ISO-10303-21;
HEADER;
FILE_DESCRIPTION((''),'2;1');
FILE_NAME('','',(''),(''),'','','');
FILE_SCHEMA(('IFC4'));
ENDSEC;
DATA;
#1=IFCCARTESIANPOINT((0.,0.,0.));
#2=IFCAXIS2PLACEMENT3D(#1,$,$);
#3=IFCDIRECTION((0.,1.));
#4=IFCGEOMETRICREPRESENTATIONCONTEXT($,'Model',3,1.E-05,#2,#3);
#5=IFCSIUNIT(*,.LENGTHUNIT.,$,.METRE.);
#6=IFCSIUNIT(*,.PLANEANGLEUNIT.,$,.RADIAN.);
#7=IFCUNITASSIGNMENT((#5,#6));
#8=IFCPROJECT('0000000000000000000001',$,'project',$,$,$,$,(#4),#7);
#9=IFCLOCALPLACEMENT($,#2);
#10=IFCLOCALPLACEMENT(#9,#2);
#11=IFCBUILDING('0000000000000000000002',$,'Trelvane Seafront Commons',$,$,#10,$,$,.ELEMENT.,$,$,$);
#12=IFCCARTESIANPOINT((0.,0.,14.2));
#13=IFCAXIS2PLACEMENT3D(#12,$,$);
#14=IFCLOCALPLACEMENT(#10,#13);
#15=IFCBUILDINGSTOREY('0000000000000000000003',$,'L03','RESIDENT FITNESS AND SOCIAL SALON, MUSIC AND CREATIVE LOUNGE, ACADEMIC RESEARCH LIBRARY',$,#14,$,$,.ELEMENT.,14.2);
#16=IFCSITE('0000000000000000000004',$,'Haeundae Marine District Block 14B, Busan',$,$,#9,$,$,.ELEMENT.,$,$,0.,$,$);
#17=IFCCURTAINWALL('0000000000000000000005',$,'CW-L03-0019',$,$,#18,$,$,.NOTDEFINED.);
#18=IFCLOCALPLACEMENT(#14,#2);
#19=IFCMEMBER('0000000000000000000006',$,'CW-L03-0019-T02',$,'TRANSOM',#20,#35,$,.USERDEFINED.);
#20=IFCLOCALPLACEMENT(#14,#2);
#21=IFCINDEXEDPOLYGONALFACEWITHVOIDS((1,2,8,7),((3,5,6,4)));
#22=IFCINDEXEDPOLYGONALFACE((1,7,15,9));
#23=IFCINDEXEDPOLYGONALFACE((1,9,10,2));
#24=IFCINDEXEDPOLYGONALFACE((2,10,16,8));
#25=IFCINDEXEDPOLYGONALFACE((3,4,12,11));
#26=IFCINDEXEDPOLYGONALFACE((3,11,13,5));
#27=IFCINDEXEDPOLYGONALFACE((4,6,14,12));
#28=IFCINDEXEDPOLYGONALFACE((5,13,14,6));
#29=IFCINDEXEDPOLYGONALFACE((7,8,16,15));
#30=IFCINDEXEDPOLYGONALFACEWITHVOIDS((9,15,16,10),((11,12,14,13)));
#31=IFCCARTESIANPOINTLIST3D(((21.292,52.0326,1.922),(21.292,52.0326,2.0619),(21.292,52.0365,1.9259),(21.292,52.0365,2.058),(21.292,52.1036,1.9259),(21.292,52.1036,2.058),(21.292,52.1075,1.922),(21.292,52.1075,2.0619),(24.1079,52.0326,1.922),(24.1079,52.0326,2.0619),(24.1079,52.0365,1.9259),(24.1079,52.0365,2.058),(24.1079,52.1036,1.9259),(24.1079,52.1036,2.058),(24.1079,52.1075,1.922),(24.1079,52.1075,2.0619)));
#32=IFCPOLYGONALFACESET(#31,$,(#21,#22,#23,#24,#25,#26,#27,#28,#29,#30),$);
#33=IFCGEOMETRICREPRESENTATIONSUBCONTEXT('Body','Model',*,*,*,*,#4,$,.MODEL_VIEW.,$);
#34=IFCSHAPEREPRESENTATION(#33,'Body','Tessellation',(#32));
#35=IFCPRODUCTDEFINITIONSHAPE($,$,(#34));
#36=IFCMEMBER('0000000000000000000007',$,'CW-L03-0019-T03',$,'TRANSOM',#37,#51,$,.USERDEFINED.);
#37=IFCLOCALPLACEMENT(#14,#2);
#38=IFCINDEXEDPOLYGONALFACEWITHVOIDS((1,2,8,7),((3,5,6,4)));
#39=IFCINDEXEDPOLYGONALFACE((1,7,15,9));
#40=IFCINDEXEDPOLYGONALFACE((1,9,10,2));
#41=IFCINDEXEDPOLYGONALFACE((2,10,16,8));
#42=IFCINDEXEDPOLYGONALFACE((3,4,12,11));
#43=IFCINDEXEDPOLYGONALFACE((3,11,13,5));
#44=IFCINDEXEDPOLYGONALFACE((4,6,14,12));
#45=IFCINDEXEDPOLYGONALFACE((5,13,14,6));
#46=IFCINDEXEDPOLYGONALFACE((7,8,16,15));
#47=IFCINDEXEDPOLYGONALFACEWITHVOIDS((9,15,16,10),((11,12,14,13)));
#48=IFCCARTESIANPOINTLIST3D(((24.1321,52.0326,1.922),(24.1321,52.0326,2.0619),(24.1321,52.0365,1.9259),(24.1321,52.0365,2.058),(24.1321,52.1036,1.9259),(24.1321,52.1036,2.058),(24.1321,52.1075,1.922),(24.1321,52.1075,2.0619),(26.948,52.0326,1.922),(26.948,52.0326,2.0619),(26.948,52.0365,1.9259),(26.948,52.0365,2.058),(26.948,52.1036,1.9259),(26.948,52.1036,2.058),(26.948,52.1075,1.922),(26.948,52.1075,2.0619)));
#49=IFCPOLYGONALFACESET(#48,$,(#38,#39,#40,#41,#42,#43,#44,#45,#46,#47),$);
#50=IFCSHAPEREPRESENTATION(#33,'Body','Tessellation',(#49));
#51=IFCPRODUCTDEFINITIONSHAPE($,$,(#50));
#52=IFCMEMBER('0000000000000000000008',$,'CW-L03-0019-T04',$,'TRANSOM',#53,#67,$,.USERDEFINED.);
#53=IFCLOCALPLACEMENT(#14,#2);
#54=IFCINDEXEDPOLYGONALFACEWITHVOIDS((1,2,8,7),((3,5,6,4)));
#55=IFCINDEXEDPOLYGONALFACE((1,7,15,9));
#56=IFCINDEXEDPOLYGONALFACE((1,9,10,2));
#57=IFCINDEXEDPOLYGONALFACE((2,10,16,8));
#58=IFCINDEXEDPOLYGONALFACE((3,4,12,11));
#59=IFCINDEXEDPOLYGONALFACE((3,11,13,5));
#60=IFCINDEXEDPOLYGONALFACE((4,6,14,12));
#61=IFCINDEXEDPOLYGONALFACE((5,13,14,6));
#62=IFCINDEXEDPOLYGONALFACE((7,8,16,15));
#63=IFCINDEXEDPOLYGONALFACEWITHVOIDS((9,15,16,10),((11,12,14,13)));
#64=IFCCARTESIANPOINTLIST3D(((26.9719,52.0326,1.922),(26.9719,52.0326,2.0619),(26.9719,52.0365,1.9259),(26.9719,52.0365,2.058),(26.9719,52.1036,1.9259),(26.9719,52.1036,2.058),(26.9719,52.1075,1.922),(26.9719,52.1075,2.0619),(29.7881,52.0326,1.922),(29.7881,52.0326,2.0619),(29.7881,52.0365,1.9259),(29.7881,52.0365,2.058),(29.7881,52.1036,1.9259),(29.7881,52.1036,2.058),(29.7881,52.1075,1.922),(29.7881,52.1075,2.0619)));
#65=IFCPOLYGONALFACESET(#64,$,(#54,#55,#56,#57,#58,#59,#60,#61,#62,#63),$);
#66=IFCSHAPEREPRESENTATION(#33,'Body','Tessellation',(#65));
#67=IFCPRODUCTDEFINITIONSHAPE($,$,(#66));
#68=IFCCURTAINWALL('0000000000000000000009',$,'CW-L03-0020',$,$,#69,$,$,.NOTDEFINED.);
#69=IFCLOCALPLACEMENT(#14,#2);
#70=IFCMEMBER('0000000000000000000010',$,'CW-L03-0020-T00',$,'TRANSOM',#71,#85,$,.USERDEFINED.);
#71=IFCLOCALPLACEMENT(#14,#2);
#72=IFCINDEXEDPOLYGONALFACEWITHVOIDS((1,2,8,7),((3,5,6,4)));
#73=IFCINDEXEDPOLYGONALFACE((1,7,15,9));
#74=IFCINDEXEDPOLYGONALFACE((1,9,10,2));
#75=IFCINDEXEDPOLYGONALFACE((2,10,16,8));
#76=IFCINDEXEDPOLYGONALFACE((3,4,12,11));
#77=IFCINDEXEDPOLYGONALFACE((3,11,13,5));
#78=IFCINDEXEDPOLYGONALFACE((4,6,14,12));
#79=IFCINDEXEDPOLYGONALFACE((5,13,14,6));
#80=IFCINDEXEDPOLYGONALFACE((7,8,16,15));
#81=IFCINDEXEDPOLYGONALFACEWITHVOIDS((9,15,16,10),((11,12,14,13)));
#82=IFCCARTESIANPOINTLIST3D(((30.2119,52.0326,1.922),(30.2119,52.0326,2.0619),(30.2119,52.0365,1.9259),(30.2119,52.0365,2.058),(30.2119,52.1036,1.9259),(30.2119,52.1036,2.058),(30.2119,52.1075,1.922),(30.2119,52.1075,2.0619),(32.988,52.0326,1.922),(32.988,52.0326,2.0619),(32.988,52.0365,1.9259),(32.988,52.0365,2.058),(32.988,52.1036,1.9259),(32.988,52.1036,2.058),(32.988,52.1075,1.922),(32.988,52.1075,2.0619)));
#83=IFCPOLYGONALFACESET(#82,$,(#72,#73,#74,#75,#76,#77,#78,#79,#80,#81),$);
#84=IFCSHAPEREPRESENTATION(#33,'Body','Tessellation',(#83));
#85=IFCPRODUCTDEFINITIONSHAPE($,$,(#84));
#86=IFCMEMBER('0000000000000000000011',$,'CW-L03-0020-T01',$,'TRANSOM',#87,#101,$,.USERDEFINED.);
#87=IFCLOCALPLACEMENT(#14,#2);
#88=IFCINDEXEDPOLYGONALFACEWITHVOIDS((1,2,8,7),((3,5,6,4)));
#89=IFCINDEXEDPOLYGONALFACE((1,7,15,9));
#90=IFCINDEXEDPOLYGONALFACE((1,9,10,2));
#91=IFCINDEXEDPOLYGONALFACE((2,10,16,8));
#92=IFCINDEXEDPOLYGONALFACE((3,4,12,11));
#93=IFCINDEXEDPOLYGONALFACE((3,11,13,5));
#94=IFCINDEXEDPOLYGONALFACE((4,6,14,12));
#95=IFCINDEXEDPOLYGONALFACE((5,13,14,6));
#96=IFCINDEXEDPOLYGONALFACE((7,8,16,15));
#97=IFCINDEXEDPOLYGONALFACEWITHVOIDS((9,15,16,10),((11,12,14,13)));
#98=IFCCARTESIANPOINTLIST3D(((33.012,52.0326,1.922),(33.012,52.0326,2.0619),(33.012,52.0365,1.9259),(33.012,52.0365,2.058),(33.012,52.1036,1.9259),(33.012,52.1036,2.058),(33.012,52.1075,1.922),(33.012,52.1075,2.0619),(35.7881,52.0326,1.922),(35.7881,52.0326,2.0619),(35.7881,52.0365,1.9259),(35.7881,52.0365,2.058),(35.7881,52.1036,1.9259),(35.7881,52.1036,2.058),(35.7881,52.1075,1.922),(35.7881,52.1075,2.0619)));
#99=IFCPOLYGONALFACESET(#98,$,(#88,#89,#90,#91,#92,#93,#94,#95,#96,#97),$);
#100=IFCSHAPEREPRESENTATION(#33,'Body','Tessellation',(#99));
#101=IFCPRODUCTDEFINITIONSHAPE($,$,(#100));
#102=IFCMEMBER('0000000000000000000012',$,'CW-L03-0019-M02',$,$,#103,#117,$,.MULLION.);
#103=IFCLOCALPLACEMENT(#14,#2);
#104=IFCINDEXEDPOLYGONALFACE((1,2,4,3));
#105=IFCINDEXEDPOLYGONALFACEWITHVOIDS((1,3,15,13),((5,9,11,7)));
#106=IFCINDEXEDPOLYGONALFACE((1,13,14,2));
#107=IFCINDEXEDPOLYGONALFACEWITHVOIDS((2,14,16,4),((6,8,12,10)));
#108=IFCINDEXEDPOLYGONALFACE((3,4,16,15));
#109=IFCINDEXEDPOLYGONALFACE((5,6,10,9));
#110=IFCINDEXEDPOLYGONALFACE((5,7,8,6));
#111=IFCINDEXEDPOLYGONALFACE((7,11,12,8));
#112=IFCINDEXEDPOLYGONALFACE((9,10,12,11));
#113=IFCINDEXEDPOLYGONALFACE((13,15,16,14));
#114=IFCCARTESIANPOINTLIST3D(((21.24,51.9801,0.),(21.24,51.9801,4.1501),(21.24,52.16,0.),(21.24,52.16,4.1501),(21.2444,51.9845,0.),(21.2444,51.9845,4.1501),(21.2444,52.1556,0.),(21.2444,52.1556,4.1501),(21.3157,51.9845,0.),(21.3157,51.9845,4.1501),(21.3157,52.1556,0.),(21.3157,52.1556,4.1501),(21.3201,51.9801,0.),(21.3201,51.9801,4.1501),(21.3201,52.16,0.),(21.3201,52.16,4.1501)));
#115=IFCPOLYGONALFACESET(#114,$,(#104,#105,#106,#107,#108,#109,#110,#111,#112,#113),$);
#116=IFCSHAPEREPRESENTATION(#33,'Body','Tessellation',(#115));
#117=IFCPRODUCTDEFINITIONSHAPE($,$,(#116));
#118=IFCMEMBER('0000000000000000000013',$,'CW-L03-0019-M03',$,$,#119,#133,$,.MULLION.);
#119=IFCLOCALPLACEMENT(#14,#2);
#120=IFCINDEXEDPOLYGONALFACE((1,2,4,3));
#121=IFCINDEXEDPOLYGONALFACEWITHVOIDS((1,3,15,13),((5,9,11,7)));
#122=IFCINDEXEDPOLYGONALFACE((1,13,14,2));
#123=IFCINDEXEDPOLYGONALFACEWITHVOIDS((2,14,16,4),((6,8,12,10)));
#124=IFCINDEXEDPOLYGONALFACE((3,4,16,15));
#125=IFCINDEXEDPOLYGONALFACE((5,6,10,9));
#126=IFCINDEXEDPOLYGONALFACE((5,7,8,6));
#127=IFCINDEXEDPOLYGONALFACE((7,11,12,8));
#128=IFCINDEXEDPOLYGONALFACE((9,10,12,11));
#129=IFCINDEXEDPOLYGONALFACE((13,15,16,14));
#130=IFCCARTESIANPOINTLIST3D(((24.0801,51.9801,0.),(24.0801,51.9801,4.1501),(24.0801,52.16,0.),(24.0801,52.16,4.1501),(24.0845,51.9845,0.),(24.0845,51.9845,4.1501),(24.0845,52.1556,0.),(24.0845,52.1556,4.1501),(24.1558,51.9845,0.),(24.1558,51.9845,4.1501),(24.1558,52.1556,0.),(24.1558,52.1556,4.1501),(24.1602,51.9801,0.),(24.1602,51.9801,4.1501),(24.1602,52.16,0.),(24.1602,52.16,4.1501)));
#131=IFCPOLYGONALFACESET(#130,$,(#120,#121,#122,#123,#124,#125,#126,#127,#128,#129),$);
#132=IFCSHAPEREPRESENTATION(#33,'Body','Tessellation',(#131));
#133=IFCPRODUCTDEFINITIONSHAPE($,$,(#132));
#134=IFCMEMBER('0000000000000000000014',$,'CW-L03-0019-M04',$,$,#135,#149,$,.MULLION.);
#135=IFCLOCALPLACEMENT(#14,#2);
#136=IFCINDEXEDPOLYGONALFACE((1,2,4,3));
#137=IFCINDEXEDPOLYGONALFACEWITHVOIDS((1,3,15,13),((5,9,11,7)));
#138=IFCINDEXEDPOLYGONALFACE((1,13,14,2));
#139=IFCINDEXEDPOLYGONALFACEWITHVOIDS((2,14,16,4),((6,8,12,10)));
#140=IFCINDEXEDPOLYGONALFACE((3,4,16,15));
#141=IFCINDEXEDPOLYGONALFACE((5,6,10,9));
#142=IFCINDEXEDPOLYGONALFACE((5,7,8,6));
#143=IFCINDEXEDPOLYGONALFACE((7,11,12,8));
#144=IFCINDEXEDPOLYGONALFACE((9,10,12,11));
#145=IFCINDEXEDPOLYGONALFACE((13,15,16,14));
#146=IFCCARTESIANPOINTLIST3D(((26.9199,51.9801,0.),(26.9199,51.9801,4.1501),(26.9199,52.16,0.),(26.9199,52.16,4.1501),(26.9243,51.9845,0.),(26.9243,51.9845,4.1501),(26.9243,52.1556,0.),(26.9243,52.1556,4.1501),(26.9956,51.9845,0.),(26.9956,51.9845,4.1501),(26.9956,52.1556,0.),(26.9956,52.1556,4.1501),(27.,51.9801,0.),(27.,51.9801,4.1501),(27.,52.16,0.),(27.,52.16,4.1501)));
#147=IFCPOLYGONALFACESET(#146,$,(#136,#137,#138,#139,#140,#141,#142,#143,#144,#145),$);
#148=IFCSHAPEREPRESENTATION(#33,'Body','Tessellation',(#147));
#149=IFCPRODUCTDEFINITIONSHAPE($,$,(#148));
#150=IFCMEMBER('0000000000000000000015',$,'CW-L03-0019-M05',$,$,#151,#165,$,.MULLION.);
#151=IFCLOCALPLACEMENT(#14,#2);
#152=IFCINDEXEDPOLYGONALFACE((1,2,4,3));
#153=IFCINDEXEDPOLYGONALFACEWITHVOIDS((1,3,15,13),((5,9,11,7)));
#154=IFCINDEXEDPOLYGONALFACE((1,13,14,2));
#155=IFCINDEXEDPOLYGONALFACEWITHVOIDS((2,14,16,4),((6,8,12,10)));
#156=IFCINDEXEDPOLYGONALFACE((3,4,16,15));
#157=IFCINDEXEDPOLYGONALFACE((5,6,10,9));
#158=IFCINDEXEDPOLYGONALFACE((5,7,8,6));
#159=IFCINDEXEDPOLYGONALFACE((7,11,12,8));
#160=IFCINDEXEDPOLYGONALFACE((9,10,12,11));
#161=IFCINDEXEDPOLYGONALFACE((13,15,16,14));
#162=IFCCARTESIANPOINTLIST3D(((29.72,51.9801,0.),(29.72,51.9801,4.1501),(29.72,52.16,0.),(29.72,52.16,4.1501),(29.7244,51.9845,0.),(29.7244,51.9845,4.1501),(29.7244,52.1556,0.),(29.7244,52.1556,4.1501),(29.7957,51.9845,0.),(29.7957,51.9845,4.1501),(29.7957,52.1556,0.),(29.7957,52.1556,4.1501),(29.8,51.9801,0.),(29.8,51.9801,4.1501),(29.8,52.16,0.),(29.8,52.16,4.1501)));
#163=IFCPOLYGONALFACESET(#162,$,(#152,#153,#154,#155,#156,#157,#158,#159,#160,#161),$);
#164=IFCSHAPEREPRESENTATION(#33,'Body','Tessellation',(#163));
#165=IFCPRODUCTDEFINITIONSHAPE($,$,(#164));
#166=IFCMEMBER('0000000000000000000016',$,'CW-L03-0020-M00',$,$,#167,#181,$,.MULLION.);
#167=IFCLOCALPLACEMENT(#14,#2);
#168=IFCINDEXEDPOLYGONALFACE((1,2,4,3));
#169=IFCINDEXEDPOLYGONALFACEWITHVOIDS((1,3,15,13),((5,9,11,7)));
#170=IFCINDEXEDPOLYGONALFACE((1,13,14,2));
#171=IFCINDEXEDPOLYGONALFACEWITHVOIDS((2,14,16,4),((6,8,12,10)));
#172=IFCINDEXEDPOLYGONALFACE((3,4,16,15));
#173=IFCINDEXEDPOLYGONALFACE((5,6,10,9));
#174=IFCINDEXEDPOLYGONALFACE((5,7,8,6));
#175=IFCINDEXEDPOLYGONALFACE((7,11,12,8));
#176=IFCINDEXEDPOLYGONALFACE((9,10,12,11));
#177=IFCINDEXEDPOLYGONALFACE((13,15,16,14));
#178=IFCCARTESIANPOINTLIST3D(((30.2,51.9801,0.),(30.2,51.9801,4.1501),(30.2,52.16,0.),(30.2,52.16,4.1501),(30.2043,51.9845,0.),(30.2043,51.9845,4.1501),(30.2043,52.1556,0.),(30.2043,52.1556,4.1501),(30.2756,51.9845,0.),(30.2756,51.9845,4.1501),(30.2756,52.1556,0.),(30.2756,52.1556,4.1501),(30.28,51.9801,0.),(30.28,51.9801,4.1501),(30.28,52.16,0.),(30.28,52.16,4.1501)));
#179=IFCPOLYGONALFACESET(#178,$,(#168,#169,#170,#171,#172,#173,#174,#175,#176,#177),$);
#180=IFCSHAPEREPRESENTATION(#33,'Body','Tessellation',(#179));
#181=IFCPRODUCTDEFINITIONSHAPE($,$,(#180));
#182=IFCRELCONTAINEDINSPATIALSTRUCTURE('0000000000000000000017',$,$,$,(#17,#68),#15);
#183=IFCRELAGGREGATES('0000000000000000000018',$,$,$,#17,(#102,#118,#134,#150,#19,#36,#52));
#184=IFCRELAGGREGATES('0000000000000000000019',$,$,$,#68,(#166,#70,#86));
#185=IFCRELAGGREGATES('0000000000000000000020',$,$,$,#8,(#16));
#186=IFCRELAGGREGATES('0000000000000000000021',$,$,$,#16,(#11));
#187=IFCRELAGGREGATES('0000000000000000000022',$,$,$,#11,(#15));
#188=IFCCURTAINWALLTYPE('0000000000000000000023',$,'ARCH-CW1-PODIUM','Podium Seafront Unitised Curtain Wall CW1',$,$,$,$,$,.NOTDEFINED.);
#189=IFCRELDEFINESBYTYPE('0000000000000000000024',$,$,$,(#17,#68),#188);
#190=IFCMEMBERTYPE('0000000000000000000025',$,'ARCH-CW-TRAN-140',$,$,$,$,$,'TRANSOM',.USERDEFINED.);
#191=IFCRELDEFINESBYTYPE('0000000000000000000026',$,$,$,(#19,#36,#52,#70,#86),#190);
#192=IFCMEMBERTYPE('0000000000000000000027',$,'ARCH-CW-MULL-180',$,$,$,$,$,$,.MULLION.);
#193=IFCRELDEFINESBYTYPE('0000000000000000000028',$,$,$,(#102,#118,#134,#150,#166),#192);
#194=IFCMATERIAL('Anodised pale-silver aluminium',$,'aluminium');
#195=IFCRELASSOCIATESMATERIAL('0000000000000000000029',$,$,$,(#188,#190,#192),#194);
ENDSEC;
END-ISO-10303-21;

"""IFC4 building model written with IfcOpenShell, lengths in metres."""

from ifc_helpers import new_model, si_unit, direction, frame, origin, origin_2d, place, context, subcontext, project, spatial, hollow_rectangle, extrude, source, transform, mapped, material, material_profile, profile_set, type_object, element, aggregate, save


model = new_model("IFC4")

# Units and contexts
model_context = context("Model", 3, precision=1e-05, world=origin(), true_north=direction((0.0, 1.0)))
body_context = subcontext(model_context, "Body", "Model", "MODEL_VIEW")
ifc_project = project(units=[si_unit("LENGTHUNIT", "METRE"), si_unit("PLANEANGLEUNIT", "RADIAN")], contexts=[model_context])

# Site, building, storey
site_placement = place(None, origin())
site = spatial("IfcSite", under=ifc_project, at=site_placement, Name="Haeundae Marine District Block 14B, Busan", CompositionType="ELEMENT", RefElevation=0.0)
building_placement = place(site_placement, origin())
building = spatial("IfcBuilding", under=site, at=building_placement, Name="Trelvane Seafront Commons", CompositionType="ELEMENT")
storey_placement = place(building_placement, frame((0.0, 0.0, 14.2)))
storey = spatial("IfcBuildingStorey", under=building, at=storey_placement, Name="L03", Description="RESIDENT FITNESS AND SOCIAL SALON, MUSIC AND CREATIVE LOUNGE, ACADEMIC RESEARCH LIBRARY", CompositionType="ELEMENT", Elevation=14.2)

# Curtain walls, members
ifc_material_1 = material(Name="Anodised pale-silver aluminium", Category="aluminium")
curtain_wall_type = type_object("IfcCurtainWallType", Name="ARCH-CW1-PODIUM", Description="Podium Seafront Unitised Curtain Wall CW1", PredefinedType="NOTDEFINED", material=ifc_material_1)
curtain_wall_1_placement = place(storey_placement, origin())
curtain_wall_1 = element("IfcCurtainWall", 1, at=curtain_wall_1_placement, inside=storey, type_object=curtain_wall_type, Name="CW-L03-0019", PredefinedType="NOTDEFINED")
ifc_material_profile_1 = material_profile(ifc_material_1, hollow_rectangle(XDim=0.075, YDim=0.1399, WallThickness=0.0039, at=origin_2d()), Name="TRAN-75x140x4")
ifc_profile_set_1 = profile_set([ifc_material_profile_1], Name="Anodised pale-silver aluminium")
member_type_1 = type_object("IfcMemberType", Name="ARCH-CW-TRAN-140", ElementType="TRANSOM", PredefinedType="USERDEFINED", material=ifc_profile_set_1)
shared_shape_1 = source(origin(), body_context, "Body", "SweptSolid", [
    extrude(hollow_rectangle(XDim=0.075, YDim=0.1399, WallThickness=0.0039, at=origin_2d()), origin(), (0.0, 0.0, 1.0), 2.8159),
])
member_1_placement = place(storey_placement, frame((21.292, 52.0701, 1.9919), z_axis=(1.0, 0.0, 0.0), x_axis=(0.0, 1.0, 0.0)))
member_1 = element("IfcMember", 2, at=member_1_placement, type_object=member_type_1, Name="CW-L03-0019-T02", ObjectType="TRANSOM", PredefinedType="USERDEFINED", context=body_context, shape_type="MappedRepresentation", body=[
    mapped(shared_shape_1, transform((0.0, 0.0, 0.0), x_axis=(1.0, 0.0, 0.0), y_axis=(0.0, 1.0, 0.0), z_axis=(0.0, 0.0, 1.0), scale=1.0)),
])
member_2_placement = place(storey_placement, frame((24.1321, 52.0701, 1.9919), z_axis=(1.0, 0.0, 0.0), x_axis=(0.0, 1.0, 0.0)))
member_2 = element("IfcMember", 3, at=member_2_placement, type_object=member_type_1, Name="CW-L03-0019-T03", ObjectType="TRANSOM", PredefinedType="USERDEFINED", context=body_context, shape_type="MappedRepresentation", body=[
    mapped(shared_shape_1, transform((0.0, 0.0, 0.0), x_axis=(1.0, 0.0, 0.0), y_axis=(0.0, 1.0, 0.0), z_axis=(0.0, 0.0, 1.0), scale=1.0)),
])
shared_shape_2 = source(origin(), body_context, "Body", "SweptSolid", [
    extrude(hollow_rectangle(XDim=0.075, YDim=0.1399, WallThickness=0.0039, at=origin_2d()), origin(), (0.0, 0.0, 1.0), 2.8162),
])
member_3_placement = place(storey_placement, frame((26.9719, 52.0701, 1.9919), z_axis=(1.0, 0.0, 0.0), x_axis=(0.0, 1.0, 0.0)))
member_3 = element("IfcMember", 4, at=member_3_placement, type_object=member_type_1, Name="CW-L03-0019-T04", ObjectType="TRANSOM", PredefinedType="USERDEFINED", context=body_context, shape_type="MappedRepresentation", body=[
    mapped(shared_shape_2, transform((0.0, 0.0, 0.0), x_axis=(1.0, 0.0, 0.0), y_axis=(0.0, 1.0, 0.0), z_axis=(0.0, 0.0, 1.0), scale=1.0)),
])
curtain_wall_2_placement = place(storey_placement, origin())
curtain_wall_2 = element("IfcCurtainWall", 5, at=curtain_wall_2_placement, inside=storey, type_object=curtain_wall_type, Name="CW-L03-0020", PredefinedType="NOTDEFINED")
shared_shape_3 = source(origin(), body_context, "Body", "SweptSolid", [
    extrude(hollow_rectangle(XDim=0.075, YDim=0.1399, WallThickness=0.0039, at=origin_2d()), origin(), (0.0, 0.0, 1.0), 2.7761),
])
member_4_placement = place(storey_placement, frame((30.2119, 52.0701, 1.9919), z_axis=(1.0, 0.0, 0.0), x_axis=(0.0, 1.0, 0.0)))
member_4 = element("IfcMember", 6, at=member_4_placement, type_object=member_type_1, Name="CW-L03-0020-T00", ObjectType="TRANSOM", PredefinedType="USERDEFINED", context=body_context, shape_type="MappedRepresentation", body=[
    mapped(shared_shape_3, transform((0.0, 0.0, 0.0), x_axis=(1.0, 0.0, 0.0), y_axis=(0.0, 1.0, 0.0), z_axis=(0.0, 0.0, 1.0), scale=1.0)),
])
member_5_placement = place(storey_placement, frame((33.012, 52.0701, 1.9919), z_axis=(1.0, 0.0, 0.0), x_axis=(0.0, 1.0, 0.0)))
member_5 = element("IfcMember", 7, at=member_5_placement, type_object=member_type_1, Name="CW-L03-0020-T01", ObjectType="TRANSOM", PredefinedType="USERDEFINED", context=body_context, shape_type="MappedRepresentation", body=[
    mapped(shared_shape_3, transform((0.0, 0.0, 0.0), x_axis=(1.0, 0.0, 0.0), y_axis=(0.0, 1.0, 0.0), z_axis=(0.0, 0.0, 1.0), scale=1.0)),
])

# Members
ifc_material_profile_2 = material_profile(ifc_material_1, hollow_rectangle(XDim=0.0801, YDim=0.1799, WallThickness=0.0044, at=origin_2d()), Name="MULL-80x180x4.5")
ifc_profile_set_2 = profile_set([ifc_material_profile_2], Name="Anodised pale-silver aluminium")
member_type_2 = type_object("IfcMemberType", Name="ARCH-CW-MULL-180", PredefinedType="MULLION", material=ifc_profile_set_2)
shared_shape_4 = source(origin(), body_context, "Body", "SweptSolid", [
    extrude(hollow_rectangle(XDim=0.0801, YDim=0.1799, WallThickness=0.0044, at=origin_2d()), origin(), (0.0, 0.0, 1.0), 4.1501),
])
member_6_placement = place(storey_placement, frame((21.28, 52.0701, 0.0), z_axis=(0.0, 0.0, 1.0), x_axis=(1.0, 0.0, 0.0)))
member_6 = element("IfcMember", 8, at=member_6_placement, type_object=member_type_2, Name="CW-L03-0019-M02", PredefinedType="MULLION", context=body_context, shape_type="MappedRepresentation", body=[
    mapped(shared_shape_4, transform((0.0, 0.0, 0.0), x_axis=(1.0, 0.0, 0.0), y_axis=(0.0, 1.0, 0.0), z_axis=(0.0, 0.0, 1.0), scale=1.0)),
])
member_7_placement = place(storey_placement, frame((24.1201, 52.0701, 0.0), z_axis=(0.0, 0.0, 1.0), x_axis=(1.0, 0.0, 0.0)))
member_7 = element("IfcMember", 9, at=member_7_placement, type_object=member_type_2, Name="CW-L03-0019-M03", PredefinedType="MULLION", context=body_context, shape_type="MappedRepresentation", body=[
    mapped(shared_shape_4, transform((0.0, 0.0, 0.0), x_axis=(1.0, 0.0, 0.0), y_axis=(0.0, 1.0, 0.0), z_axis=(0.0, 0.0, 1.0), scale=1.0)),
])
member_8_placement = place(storey_placement, frame((26.96, 52.0701, 0.0), z_axis=(0.0, 0.0, 1.0), x_axis=(1.0, 0.0, 0.0)))
member_8 = element("IfcMember", 10, at=member_8_placement, type_object=member_type_2, Name="CW-L03-0019-M04", PredefinedType="MULLION", context=body_context, shape_type="MappedRepresentation", body=[
    mapped(shared_shape_4, transform((0.0, 0.0, 0.0), x_axis=(1.0, 0.0, 0.0), y_axis=(0.0, 1.0, 0.0), z_axis=(0.0, 0.0, 1.0), scale=1.0)),
])
member_9_placement = place(storey_placement, frame((29.76, 52.0701, 0.0), z_axis=(0.0, 0.0, 1.0), x_axis=(1.0, 0.0, 0.0)))
member_9 = element("IfcMember", 11, at=member_9_placement, type_object=member_type_2, Name="CW-L03-0019-M05", PredefinedType="MULLION", context=body_context, shape_type="MappedRepresentation", body=[
    mapped(shared_shape_4, transform((0.0, 0.0, 0.0), x_axis=(1.0, 0.0, 0.0), y_axis=(0.0, 1.0, 0.0), z_axis=(0.0, 0.0, 1.0), scale=1.0)),
])
member_10_placement = place(storey_placement, frame((30.24, 52.0701, 0.0), z_axis=(0.0, 0.0, 1.0), x_axis=(1.0, 0.0, 0.0)))
member_10 = element("IfcMember", 12, at=member_10_placement, type_object=member_type_2, Name="CW-L03-0020-M00", PredefinedType="MULLION", context=body_context, shape_type="MappedRepresentation", body=[
    mapped(shared_shape_4, transform((0.0, 0.0, 0.0), x_axis=(1.0, 0.0, 0.0), y_axis=(0.0, 1.0, 0.0), z_axis=(0.0, 0.0, 1.0), scale=1.0)),
])

aggregate(curtain_wall_1, [member_6, member_7, member_8, member_9, member_1, member_2, member_3])
aggregate(curtain_wall_2, [member_10, member_4, member_5])

save(model, "model.ifc")
